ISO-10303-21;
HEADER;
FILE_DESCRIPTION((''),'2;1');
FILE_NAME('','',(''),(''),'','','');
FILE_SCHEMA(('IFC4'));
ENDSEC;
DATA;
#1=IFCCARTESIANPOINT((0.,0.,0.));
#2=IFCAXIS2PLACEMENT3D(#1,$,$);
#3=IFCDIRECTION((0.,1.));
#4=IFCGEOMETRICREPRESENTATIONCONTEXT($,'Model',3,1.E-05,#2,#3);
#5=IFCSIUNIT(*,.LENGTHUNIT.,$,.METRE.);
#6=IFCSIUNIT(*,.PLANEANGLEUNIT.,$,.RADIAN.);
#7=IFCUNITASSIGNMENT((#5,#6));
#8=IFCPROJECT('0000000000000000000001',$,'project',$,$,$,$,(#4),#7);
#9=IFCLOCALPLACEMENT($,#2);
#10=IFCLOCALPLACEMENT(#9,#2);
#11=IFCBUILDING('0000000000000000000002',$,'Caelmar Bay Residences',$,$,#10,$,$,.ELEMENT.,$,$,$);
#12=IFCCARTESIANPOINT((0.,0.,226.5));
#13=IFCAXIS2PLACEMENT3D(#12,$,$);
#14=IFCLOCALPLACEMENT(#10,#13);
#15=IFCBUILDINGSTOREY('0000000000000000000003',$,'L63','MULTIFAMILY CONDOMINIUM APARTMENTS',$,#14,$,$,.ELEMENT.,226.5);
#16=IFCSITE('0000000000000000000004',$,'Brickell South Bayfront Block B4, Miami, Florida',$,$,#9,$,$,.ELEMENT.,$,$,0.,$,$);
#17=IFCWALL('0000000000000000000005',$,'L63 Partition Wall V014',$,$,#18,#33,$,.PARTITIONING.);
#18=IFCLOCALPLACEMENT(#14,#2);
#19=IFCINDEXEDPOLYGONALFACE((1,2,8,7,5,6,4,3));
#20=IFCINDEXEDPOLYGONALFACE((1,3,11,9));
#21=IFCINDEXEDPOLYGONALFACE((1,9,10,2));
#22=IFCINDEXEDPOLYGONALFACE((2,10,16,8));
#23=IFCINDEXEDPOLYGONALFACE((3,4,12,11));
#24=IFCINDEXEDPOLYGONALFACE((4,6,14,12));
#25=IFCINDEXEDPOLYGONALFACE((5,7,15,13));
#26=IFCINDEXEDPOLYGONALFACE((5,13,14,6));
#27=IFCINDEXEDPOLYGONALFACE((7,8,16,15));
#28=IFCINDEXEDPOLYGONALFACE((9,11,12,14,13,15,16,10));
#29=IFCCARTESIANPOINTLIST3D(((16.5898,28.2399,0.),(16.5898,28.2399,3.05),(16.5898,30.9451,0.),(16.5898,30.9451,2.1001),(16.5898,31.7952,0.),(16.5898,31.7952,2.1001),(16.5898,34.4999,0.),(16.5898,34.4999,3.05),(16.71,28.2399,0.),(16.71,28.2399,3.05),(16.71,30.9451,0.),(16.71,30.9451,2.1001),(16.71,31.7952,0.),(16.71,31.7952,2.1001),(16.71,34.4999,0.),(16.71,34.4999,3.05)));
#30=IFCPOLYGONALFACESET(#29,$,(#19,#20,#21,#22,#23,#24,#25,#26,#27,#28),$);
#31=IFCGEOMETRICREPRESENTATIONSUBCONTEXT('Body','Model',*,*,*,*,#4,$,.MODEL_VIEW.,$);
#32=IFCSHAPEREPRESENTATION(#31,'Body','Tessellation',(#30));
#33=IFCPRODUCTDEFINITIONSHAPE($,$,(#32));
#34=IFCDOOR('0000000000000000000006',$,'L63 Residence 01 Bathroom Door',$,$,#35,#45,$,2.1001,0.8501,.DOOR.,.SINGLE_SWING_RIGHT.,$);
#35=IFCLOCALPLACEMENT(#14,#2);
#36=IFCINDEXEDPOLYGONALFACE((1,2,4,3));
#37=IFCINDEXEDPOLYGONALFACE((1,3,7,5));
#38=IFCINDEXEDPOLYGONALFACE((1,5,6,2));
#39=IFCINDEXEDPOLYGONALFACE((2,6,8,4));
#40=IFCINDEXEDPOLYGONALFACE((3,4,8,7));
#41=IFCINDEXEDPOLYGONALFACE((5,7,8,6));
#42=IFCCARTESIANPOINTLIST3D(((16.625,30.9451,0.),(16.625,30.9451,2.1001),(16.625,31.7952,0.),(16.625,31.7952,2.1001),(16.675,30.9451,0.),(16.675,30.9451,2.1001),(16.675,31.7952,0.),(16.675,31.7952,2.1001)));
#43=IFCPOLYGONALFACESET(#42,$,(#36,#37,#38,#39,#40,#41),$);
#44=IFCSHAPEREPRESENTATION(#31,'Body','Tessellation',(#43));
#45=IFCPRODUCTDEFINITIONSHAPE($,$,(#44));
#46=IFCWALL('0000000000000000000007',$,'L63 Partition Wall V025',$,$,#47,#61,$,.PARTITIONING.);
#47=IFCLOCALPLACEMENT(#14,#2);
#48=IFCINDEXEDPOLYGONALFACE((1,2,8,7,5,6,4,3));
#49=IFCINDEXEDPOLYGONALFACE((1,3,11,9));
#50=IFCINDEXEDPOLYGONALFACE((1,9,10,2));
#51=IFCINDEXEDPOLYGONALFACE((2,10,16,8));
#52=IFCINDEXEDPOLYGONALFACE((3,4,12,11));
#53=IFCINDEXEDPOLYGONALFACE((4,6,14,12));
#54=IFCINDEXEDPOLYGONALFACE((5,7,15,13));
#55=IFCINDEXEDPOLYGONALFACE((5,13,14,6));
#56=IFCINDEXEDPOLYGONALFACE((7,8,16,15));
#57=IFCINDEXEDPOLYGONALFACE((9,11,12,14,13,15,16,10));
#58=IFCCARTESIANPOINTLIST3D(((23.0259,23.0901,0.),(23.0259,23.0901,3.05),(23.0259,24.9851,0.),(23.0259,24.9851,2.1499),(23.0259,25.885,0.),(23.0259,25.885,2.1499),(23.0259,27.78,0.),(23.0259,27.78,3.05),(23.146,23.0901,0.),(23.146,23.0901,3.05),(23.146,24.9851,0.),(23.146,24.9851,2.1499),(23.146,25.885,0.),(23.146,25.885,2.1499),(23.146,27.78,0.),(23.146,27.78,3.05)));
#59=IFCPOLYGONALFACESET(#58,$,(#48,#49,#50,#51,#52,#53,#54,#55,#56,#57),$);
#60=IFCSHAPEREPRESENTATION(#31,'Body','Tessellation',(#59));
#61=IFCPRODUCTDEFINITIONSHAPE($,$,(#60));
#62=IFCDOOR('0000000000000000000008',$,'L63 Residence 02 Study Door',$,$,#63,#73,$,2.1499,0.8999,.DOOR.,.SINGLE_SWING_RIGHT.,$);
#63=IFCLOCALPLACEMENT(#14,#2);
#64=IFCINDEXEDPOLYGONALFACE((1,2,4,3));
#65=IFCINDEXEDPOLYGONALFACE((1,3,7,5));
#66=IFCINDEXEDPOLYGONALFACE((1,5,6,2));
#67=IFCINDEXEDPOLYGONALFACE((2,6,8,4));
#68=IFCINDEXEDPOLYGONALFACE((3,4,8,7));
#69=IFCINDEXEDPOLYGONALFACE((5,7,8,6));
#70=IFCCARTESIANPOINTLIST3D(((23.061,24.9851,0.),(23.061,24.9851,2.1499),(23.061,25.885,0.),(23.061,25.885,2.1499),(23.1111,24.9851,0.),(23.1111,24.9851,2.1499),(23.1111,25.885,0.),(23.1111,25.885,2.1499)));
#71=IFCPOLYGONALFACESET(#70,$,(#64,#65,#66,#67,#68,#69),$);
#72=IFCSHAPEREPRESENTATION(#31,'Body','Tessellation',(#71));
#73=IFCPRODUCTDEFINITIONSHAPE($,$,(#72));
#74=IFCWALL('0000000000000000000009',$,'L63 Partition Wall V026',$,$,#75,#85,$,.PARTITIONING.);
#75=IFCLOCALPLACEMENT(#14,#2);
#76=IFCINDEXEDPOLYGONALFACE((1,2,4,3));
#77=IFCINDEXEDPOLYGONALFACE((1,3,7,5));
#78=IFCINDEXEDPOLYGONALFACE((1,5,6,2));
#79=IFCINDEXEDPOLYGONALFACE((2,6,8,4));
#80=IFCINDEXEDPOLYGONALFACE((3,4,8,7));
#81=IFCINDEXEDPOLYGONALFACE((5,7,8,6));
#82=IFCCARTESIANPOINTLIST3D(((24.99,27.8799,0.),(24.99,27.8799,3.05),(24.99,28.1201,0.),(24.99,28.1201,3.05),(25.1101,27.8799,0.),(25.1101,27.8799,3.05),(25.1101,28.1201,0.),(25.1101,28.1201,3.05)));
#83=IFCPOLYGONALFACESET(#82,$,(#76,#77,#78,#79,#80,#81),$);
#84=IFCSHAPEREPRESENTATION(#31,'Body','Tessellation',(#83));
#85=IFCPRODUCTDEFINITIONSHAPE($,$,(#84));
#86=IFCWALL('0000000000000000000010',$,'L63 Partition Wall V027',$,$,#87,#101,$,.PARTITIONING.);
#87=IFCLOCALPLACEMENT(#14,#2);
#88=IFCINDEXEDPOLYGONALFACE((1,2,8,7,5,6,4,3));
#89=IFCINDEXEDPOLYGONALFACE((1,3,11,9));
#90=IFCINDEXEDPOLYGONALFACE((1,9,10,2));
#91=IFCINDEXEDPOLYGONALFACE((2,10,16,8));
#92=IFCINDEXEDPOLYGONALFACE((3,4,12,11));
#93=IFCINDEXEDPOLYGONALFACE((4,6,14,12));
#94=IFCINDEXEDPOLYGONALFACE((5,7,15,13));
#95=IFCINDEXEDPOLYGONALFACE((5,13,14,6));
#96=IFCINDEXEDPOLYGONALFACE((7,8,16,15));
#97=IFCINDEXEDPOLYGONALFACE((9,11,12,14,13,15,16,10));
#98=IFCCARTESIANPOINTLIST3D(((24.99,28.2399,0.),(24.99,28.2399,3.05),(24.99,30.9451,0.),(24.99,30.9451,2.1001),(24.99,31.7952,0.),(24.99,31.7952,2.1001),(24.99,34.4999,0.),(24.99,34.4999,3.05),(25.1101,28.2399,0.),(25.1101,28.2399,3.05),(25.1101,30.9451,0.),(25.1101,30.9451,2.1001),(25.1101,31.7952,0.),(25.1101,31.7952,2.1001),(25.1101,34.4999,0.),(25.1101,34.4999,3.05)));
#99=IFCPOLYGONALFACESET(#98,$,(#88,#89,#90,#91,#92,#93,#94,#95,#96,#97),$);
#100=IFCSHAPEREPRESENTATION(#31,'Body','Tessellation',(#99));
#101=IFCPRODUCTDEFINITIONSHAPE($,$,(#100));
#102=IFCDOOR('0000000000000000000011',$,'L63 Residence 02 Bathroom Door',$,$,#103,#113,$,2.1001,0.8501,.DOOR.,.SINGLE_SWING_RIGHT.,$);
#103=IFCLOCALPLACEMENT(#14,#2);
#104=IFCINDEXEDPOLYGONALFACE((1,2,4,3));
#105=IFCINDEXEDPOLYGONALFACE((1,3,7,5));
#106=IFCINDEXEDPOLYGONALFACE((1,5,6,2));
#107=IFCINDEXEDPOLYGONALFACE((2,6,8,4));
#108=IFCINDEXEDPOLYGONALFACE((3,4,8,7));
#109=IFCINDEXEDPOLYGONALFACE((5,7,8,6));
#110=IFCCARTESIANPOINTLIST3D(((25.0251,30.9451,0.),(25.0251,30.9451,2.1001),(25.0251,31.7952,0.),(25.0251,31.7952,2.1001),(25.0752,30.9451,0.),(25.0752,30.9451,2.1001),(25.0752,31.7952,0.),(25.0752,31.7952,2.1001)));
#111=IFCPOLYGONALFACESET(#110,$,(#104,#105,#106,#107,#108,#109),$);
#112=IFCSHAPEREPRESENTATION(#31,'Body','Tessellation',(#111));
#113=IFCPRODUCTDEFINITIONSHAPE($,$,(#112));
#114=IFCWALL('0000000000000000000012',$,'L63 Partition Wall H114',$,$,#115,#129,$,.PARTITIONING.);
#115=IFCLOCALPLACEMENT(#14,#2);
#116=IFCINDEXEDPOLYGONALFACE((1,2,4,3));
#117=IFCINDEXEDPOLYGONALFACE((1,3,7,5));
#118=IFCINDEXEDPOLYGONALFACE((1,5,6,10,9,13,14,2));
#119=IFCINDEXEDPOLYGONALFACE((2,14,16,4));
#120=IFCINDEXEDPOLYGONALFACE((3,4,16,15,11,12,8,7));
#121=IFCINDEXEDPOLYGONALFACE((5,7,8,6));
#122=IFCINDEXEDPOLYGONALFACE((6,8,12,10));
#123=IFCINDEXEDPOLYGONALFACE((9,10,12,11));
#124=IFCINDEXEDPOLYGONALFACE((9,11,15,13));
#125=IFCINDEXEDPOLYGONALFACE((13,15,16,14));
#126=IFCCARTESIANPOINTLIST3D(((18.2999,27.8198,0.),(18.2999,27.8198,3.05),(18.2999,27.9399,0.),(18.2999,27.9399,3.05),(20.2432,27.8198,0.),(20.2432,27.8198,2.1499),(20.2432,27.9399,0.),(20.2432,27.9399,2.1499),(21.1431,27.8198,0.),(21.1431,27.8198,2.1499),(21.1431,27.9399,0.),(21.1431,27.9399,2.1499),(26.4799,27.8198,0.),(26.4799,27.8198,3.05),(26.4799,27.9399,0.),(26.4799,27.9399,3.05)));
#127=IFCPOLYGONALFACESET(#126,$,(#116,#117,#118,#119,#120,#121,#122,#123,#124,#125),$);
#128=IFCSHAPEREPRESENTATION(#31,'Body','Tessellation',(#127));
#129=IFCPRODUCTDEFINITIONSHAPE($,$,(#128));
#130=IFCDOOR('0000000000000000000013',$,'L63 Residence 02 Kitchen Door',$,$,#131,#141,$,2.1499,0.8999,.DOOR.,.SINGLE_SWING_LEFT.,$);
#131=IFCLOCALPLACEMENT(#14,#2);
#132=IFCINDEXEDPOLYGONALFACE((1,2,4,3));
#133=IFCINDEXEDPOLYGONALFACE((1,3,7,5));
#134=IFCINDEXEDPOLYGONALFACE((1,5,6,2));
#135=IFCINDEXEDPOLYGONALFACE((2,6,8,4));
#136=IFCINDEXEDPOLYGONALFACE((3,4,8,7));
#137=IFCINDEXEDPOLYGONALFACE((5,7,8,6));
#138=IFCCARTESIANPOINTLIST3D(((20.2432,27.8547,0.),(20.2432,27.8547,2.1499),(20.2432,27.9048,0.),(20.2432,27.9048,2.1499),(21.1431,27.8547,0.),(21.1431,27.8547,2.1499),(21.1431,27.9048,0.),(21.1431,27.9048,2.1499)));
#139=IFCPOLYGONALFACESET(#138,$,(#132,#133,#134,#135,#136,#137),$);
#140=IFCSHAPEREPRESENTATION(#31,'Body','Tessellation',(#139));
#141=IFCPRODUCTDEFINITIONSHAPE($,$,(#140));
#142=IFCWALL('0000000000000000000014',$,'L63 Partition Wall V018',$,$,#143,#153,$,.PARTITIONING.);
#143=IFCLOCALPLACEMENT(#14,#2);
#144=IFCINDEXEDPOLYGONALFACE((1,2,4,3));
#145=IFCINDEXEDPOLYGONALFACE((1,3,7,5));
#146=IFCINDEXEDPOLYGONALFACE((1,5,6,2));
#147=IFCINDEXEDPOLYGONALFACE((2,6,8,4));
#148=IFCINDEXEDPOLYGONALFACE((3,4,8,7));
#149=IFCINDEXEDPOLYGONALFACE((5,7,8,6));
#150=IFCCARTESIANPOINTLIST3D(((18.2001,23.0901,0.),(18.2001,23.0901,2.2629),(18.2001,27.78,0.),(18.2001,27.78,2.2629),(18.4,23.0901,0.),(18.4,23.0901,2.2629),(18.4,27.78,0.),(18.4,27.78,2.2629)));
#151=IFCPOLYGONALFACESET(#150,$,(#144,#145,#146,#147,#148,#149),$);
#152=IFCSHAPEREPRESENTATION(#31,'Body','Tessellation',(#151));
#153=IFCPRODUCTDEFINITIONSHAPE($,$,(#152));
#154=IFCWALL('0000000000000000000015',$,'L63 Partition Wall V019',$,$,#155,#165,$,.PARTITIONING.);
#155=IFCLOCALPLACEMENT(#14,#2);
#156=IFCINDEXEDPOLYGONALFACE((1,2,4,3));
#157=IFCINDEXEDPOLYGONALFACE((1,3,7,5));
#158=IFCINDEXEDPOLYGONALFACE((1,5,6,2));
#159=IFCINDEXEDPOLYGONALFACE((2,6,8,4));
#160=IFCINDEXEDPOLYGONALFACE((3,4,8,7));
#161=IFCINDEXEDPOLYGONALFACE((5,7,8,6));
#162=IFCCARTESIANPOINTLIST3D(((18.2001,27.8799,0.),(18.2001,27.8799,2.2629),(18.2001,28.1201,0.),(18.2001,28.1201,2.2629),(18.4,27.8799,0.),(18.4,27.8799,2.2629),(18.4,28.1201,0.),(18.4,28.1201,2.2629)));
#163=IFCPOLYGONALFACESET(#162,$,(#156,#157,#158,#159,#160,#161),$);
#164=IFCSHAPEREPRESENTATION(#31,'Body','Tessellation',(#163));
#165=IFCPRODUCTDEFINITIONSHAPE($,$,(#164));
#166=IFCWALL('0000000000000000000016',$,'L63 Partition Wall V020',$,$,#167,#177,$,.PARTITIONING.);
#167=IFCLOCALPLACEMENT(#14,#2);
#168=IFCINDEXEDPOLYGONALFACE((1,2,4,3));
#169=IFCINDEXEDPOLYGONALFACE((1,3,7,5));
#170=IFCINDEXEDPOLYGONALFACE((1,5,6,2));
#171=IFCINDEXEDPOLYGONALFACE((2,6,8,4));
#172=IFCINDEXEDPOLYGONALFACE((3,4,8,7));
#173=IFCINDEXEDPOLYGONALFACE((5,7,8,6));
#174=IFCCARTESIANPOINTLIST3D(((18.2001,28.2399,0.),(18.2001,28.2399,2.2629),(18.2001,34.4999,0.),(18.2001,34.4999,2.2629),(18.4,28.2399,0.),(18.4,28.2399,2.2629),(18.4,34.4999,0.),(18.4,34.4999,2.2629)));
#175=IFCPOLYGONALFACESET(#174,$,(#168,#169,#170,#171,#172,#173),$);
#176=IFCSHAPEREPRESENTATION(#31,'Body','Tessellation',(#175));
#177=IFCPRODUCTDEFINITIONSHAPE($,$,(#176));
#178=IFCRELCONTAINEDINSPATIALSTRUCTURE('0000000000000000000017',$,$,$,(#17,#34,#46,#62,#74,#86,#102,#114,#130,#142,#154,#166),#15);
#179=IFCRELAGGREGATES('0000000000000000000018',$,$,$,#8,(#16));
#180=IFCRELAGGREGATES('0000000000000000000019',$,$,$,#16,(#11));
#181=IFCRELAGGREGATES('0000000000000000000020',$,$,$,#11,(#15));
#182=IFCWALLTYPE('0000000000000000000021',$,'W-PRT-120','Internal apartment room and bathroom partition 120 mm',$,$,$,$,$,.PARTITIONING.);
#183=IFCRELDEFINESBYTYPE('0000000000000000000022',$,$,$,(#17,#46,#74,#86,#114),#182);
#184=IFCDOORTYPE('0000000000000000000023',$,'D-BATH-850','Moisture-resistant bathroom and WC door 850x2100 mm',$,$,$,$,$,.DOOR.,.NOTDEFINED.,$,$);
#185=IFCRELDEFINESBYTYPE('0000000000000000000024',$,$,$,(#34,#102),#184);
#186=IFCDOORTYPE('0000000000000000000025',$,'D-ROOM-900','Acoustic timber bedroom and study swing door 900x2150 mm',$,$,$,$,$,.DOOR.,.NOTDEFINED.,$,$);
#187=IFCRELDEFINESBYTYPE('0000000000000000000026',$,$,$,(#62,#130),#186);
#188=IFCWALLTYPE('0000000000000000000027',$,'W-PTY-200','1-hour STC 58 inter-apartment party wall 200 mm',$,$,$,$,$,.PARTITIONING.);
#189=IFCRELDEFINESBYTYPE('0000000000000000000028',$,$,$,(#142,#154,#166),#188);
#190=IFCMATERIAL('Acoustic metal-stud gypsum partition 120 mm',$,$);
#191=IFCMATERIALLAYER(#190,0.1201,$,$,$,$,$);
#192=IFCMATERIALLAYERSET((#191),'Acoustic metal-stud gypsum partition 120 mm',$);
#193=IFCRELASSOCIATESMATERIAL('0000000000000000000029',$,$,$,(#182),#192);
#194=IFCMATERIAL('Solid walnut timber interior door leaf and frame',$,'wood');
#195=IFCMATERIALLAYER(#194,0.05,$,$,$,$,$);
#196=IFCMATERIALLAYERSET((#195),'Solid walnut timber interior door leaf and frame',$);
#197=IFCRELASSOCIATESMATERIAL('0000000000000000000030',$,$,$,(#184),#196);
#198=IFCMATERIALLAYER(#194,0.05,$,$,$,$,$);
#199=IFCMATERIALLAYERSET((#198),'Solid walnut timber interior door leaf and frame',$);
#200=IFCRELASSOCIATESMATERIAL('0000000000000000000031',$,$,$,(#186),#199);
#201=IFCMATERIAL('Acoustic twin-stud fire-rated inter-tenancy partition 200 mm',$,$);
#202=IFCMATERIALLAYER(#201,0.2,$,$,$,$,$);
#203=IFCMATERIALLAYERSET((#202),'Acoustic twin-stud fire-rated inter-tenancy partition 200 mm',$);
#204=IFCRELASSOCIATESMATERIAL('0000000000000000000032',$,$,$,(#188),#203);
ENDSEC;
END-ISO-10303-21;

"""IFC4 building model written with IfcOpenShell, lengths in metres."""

from ifc_helpers import new_model, si_unit, direction, frame, frame_2d, origin, place, context, subcontext, project, spatial, rectangle, extrude, material, layer, layer_set, type_object, element, fill, save


model = new_model("IFC4")

# Units and contexts
model_context = context("Model", 3, precision=1e-05, world=origin(), true_north=direction((0.0, 1.0)))
body_context = subcontext(model_context, "Body", "Model", "MODEL_VIEW")
ifc_project = project(units=[si_unit("LENGTHUNIT", "METRE"), si_unit("PLANEANGLEUNIT", "RADIAN")], contexts=[model_context])

# Site, building, storey
site_placement = place(None, origin())
site = spatial("IfcSite", under=ifc_project, at=site_placement, Name="Brickell South Bayfront Block B4, Miami, Florida", CompositionType="ELEMENT", RefElevation=0.0)
building_placement = place(site_placement, origin())
building = spatial("IfcBuilding", under=site, at=building_placement, Name="Caelmar Bay Residences", CompositionType="ELEMENT")
storey_placement = place(building_placement, frame((0.0, 0.0, 226.5)))
storey = spatial("IfcBuildingStorey", under=building, at=storey_placement, Name="L63", Description="MULTIFAMILY CONDOMINIUM APARTMENTS", CompositionType="ELEMENT", Elevation=226.5)

# Walls, openings, doors
ifc_material_1 = material(Name="Acoustic metal-stud gypsum partition 120 mm")
ifc_layer_1 = layer(ifc_material_1, 0.1201)
ifc_layer_set_1 = layer_set([ifc_layer_1], Name="Acoustic metal-stud gypsum partition 120 mm")
wall_type_1 = type_object("IfcWallType", Name="W-PRT-120", Description="Internal apartment room and bathroom partition 120 mm", PredefinedType="PARTITIONING", material=ifc_layer_set_1)
wall_1_placement = place(storey_placement, frame((16.6499, 28.24, 0.0), z_axis=(0.0, 0.0, 1.0), x_axis=(0.0, 1.0, 0.0)))
wall_1 = element("IfcWall", 1, at=wall_1_placement, inside=storey, type_object=wall_type_1, Name="L63 Partition Wall V014", PredefinedType="PARTITIONING", context=body_context, shape_type="SweptSolid", body=[
    extrude(rectangle(XDim=6.26, YDim=0.1201, at=frame_2d((3.1299, 0.0))), origin(), (0.0, 0.0, 1.0), 3.05),
])
opening_1_placement = place(wall_1_placement, frame((2.7051, 0.0, 0.0)))
opening_1 = element("IfcOpeningElement", 2, at=opening_1_placement, cuts=wall_1, PredefinedType="OPENING", context=body_context, shape_type="SweptSolid", body=[
    extrude(rectangle(XDim=0.8501, YDim=2.1001, at=frame_2d((0.425, 1.05))), frame((0.0, 0.0701, 0.0), z_axis=(0.0, -1.0, 0.0), x_axis=(1.0, 0.0, 0.0)), (0.0, 0.0, 1.0), 0.1401),
])
ifc_material_2 = material(Name="Solid walnut timber interior door leaf and frame", Category="wood")
ifc_layer_2 = layer(ifc_material_2, 0.05)
ifc_layer_set_2 = layer_set([ifc_layer_2], Name="Solid walnut timber interior door leaf and frame")
door_type_1 = type_object("IfcDoorType", Name="D-BATH-850", Description="Moisture-resistant bathroom and WC door 850x2100 mm", OperationType="NOTDEFINED", PredefinedType="DOOR", material=ifc_layer_set_2)
door_1_placement = place(opening_1_placement, origin())
door_1 = element("IfcDoor", 3, at=door_1_placement, inside=storey, type_object=door_type_1, Name="L63 Residence 01 Bathroom Door", OperationType="SINGLE_SWING_RIGHT", OverallHeight=2.1001, OverallWidth=0.8501, PredefinedType="DOOR", context=body_context, shape_type="SweptSolid", body=[
    extrude(rectangle(XDim=0.8501, YDim=2.1001, at=frame_2d((0.425, 1.05))), frame((0.0, 0.0249, 0.0), z_axis=(0.0, -1.0, 0.0), x_axis=(1.0, 0.0, 0.0)), (0.0, 0.0, 1.0), 0.05),
])
fill(opening_1, door_1)
wall_2_placement = place(storey_placement, frame((23.0859, 23.0901, 0.0), z_axis=(0.0, 0.0, 1.0), x_axis=(0.0, 1.0, 0.0)))
wall_2 = element("IfcWall", 4, at=wall_2_placement, inside=storey, type_object=wall_type_1, Name="L63 Partition Wall V025", PredefinedType="PARTITIONING", context=body_context, shape_type="SweptSolid", body=[
    extrude(rectangle(XDim=4.6899, YDim=0.1201, at=frame_2d((2.345, 0.0))), origin(), (0.0, 0.0, 1.0), 3.05),
])
opening_2_placement = place(wall_2_placement, frame((1.895, 0.0, 0.0)))
opening_2 = element("IfcOpeningElement", 5, at=opening_2_placement, cuts=wall_2, PredefinedType="OPENING", context=body_context, shape_type="SweptSolid", body=[
    extrude(rectangle(XDim=0.8999, YDim=2.1499, at=frame_2d((0.45, 1.075))), frame((0.0, 0.0701, 0.0), z_axis=(0.0, -1.0, 0.0), x_axis=(1.0, 0.0, 0.0)), (0.0, 0.0, 1.0), 0.1401),
])
ifc_layer_3 = layer(ifc_material_2, 0.05)
ifc_layer_set_3 = layer_set([ifc_layer_3], Name="Solid walnut timber interior door leaf and frame")
door_type_2 = type_object("IfcDoorType", Name="D-ROOM-900", Description="Acoustic timber bedroom and study swing door 900x2150 mm", OperationType="NOTDEFINED", PredefinedType="DOOR", material=ifc_layer_set_3)
door_2_placement = place(opening_2_placement, origin())
door_2 = element("IfcDoor", 6, at=door_2_placement, inside=storey, type_object=door_type_2, Name="L63 Residence 02 Study Door", OperationType="SINGLE_SWING_RIGHT", OverallHeight=2.1499, OverallWidth=0.8999, PredefinedType="DOOR", context=body_context, shape_type="SweptSolid", body=[
    extrude(rectangle(XDim=0.8999, YDim=2.1499, at=frame_2d((0.45, 1.075))), frame((0.0, 0.0249, 0.0), z_axis=(0.0, -1.0, 0.0), x_axis=(1.0, 0.0, 0.0)), (0.0, 0.0, 1.0), 0.05),
])
fill(opening_2, door_2)

# Wall
wall_3_placement = place(storey_placement, frame((25.05, 27.8799, 0.0), z_axis=(0.0, 0.0, 1.0), x_axis=(0.0, 1.0, 0.0)))
element("IfcWall", 7, at=wall_3_placement, inside=storey, type_object=wall_type_1, Name="L63 Partition Wall V026", PredefinedType="PARTITIONING", context=body_context, shape_type="SweptSolid", body=[
    extrude(rectangle(XDim=0.2402, YDim=0.1201, at=frame_2d((0.1201, 0.0))), origin(), (0.0, 0.0, 1.0), 3.05),
])

# Walls, openings, doors
wall_4_placement = place(storey_placement, frame((25.05, 28.24, 0.0), z_axis=(0.0, 0.0, 1.0), x_axis=(0.0, 1.0, 0.0)))
wall_4 = element("IfcWall", 8, at=wall_4_placement, inside=storey, type_object=wall_type_1, Name="L63 Partition Wall V027", PredefinedType="PARTITIONING", context=body_context, shape_type="SweptSolid", body=[
    extrude(rectangle(XDim=6.26, YDim=0.1201, at=frame_2d((3.1299, 0.0))), origin(), (0.0, 0.0, 1.0), 3.05),
])
opening_3_placement = place(wall_4_placement, frame((2.7051, 0.0, 0.0)))
opening_3 = element("IfcOpeningElement", 9, at=opening_3_placement, cuts=wall_4, PredefinedType="OPENING", context=body_context, shape_type="SweptSolid", body=[
    extrude(rectangle(XDim=0.8501, YDim=2.1001, at=frame_2d((0.425, 1.05))), frame((0.0, 0.0701, 0.0), z_axis=(0.0, -1.0, 0.0), x_axis=(1.0, 0.0, 0.0)), (0.0, 0.0, 1.0), 0.1401),
])
door_3_placement = place(opening_3_placement, origin())
door_3 = element("IfcDoor", 10, at=door_3_placement, inside=storey, type_object=door_type_1, Name="L63 Residence 02 Bathroom Door", OperationType="SINGLE_SWING_RIGHT", OverallHeight=2.1001, OverallWidth=0.8501, PredefinedType="DOOR", context=body_context, shape_type="SweptSolid", body=[
    extrude(rectangle(XDim=0.8501, YDim=2.1001, at=frame_2d((0.425, 1.05))), frame((0.0, 0.0249, 0.0), z_axis=(0.0, -1.0, 0.0), x_axis=(1.0, 0.0, 0.0)), (0.0, 0.0, 1.0), 0.05),
])
fill(opening_3, door_3)
wall_5_placement = place(storey_placement, frame((18.3, 27.8799, 0.0), z_axis=(0.0, 0.0, 1.0), x_axis=(1.0, 0.0, 0.0)))
wall_5 = element("IfcWall", 11, at=wall_5_placement, inside=storey, type_object=wall_type_1, Name="L63 Partition Wall H114", PredefinedType="PARTITIONING", context=body_context, shape_type="SweptSolid", body=[
    extrude(rectangle(XDim=8.1799, YDim=0.1201, at=frame_2d((4.0898, 0.0))), origin(), (0.0, 0.0, 1.0), 3.05),
])
opening_4_placement = place(wall_5_placement, frame((1.9431, 0.0, 0.0)))
opening_4 = element("IfcOpeningElement", 12, at=opening_4_placement, cuts=wall_5, PredefinedType="OPENING", context=body_context, shape_type="SweptSolid", body=[
    extrude(rectangle(XDim=0.8999, YDim=2.1499, at=frame_2d((0.45, 1.075))), frame((0.0, 0.0701, 0.0), z_axis=(0.0, -1.0, 0.0), x_axis=(1.0, 0.0, 0.0)), (0.0, 0.0, 1.0), 0.1401),
])
door_4_placement = place(opening_4_placement, origin())
door_4 = element("IfcDoor", 13, at=door_4_placement, inside=storey, type_object=door_type_2, Name="L63 Residence 02 Kitchen Door", OperationType="SINGLE_SWING_LEFT", OverallHeight=2.1499, OverallWidth=0.8999, PredefinedType="DOOR", context=body_context, shape_type="SweptSolid", body=[
    extrude(rectangle(XDim=0.8999, YDim=2.1499, at=frame_2d((0.45, 1.075))), frame((0.0, 0.0249, 0.0), z_axis=(0.0, -1.0, 0.0), x_axis=(1.0, 0.0, 0.0)), (0.0, 0.0, 1.0), 0.05),
])
fill(opening_4, door_4)

# Walls
ifc_material_3 = material(Name="Acoustic twin-stud fire-rated inter-tenancy partition 200 mm")
ifc_layer_4 = layer(ifc_material_3, 0.2)
ifc_layer_set_4 = layer_set([ifc_layer_4], Name="Acoustic twin-stud fire-rated inter-tenancy partition 200 mm")
wall_type_2 = type_object("IfcWallType", Name="W-PTY-200", Description="1-hour STC 58 inter-apartment party wall 200 mm", PredefinedType="PARTITIONING", material=ifc_layer_set_4)
wall_6_placement = place(storey_placement, frame((18.3, 23.0901, 0.0), z_axis=(0.0, 0.0, 1.0), x_axis=(0.0, 1.0, 0.0)))
element("IfcWall", 14, at=wall_6_placement, inside=storey, type_object=wall_type_2, Name="L63 Partition Wall V018", PredefinedType="PARTITIONING", context=body_context, shape_type="SweptSolid", body=[
    extrude(rectangle(XDim=4.6899, YDim=0.2, at=frame_2d((2.345, 0.0))), origin(), (0.0, 0.0, 1.0), 2.2629),
])
wall_7_placement = place(storey_placement, frame((18.3, 27.8799, 0.0), z_axis=(0.0, 0.0, 1.0), x_axis=(0.0, 1.0, 0.0)))
element("IfcWall", 15, at=wall_7_placement, inside=storey, type_object=wall_type_2, Name="L63 Partition Wall V019", PredefinedType="PARTITIONING", context=body_context, shape_type="SweptSolid", body=[
    extrude(rectangle(XDim=0.2402, YDim=0.2, at=frame_2d((0.1201, 0.0))), origin(), (0.0, 0.0, 1.0), 2.2629),
])
wall_8_placement = place(storey_placement, frame((18.3, 28.24, 0.0), z_axis=(0.0, 0.0, 1.0), x_axis=(0.0, 1.0, 0.0)))
element("IfcWall", 16, at=wall_8_placement, inside=storey, type_object=wall_type_2, Name="L63 Partition Wall V020", PredefinedType="PARTITIONING", context=body_context, shape_type="SweptSolid", body=[
    extrude(rectangle(XDim=6.26, YDim=0.2, at=frame_2d((3.1299, 0.0))), origin(), (0.0, 0.0, 1.0), 2.2629),
])

save(model, "model.ifc")
